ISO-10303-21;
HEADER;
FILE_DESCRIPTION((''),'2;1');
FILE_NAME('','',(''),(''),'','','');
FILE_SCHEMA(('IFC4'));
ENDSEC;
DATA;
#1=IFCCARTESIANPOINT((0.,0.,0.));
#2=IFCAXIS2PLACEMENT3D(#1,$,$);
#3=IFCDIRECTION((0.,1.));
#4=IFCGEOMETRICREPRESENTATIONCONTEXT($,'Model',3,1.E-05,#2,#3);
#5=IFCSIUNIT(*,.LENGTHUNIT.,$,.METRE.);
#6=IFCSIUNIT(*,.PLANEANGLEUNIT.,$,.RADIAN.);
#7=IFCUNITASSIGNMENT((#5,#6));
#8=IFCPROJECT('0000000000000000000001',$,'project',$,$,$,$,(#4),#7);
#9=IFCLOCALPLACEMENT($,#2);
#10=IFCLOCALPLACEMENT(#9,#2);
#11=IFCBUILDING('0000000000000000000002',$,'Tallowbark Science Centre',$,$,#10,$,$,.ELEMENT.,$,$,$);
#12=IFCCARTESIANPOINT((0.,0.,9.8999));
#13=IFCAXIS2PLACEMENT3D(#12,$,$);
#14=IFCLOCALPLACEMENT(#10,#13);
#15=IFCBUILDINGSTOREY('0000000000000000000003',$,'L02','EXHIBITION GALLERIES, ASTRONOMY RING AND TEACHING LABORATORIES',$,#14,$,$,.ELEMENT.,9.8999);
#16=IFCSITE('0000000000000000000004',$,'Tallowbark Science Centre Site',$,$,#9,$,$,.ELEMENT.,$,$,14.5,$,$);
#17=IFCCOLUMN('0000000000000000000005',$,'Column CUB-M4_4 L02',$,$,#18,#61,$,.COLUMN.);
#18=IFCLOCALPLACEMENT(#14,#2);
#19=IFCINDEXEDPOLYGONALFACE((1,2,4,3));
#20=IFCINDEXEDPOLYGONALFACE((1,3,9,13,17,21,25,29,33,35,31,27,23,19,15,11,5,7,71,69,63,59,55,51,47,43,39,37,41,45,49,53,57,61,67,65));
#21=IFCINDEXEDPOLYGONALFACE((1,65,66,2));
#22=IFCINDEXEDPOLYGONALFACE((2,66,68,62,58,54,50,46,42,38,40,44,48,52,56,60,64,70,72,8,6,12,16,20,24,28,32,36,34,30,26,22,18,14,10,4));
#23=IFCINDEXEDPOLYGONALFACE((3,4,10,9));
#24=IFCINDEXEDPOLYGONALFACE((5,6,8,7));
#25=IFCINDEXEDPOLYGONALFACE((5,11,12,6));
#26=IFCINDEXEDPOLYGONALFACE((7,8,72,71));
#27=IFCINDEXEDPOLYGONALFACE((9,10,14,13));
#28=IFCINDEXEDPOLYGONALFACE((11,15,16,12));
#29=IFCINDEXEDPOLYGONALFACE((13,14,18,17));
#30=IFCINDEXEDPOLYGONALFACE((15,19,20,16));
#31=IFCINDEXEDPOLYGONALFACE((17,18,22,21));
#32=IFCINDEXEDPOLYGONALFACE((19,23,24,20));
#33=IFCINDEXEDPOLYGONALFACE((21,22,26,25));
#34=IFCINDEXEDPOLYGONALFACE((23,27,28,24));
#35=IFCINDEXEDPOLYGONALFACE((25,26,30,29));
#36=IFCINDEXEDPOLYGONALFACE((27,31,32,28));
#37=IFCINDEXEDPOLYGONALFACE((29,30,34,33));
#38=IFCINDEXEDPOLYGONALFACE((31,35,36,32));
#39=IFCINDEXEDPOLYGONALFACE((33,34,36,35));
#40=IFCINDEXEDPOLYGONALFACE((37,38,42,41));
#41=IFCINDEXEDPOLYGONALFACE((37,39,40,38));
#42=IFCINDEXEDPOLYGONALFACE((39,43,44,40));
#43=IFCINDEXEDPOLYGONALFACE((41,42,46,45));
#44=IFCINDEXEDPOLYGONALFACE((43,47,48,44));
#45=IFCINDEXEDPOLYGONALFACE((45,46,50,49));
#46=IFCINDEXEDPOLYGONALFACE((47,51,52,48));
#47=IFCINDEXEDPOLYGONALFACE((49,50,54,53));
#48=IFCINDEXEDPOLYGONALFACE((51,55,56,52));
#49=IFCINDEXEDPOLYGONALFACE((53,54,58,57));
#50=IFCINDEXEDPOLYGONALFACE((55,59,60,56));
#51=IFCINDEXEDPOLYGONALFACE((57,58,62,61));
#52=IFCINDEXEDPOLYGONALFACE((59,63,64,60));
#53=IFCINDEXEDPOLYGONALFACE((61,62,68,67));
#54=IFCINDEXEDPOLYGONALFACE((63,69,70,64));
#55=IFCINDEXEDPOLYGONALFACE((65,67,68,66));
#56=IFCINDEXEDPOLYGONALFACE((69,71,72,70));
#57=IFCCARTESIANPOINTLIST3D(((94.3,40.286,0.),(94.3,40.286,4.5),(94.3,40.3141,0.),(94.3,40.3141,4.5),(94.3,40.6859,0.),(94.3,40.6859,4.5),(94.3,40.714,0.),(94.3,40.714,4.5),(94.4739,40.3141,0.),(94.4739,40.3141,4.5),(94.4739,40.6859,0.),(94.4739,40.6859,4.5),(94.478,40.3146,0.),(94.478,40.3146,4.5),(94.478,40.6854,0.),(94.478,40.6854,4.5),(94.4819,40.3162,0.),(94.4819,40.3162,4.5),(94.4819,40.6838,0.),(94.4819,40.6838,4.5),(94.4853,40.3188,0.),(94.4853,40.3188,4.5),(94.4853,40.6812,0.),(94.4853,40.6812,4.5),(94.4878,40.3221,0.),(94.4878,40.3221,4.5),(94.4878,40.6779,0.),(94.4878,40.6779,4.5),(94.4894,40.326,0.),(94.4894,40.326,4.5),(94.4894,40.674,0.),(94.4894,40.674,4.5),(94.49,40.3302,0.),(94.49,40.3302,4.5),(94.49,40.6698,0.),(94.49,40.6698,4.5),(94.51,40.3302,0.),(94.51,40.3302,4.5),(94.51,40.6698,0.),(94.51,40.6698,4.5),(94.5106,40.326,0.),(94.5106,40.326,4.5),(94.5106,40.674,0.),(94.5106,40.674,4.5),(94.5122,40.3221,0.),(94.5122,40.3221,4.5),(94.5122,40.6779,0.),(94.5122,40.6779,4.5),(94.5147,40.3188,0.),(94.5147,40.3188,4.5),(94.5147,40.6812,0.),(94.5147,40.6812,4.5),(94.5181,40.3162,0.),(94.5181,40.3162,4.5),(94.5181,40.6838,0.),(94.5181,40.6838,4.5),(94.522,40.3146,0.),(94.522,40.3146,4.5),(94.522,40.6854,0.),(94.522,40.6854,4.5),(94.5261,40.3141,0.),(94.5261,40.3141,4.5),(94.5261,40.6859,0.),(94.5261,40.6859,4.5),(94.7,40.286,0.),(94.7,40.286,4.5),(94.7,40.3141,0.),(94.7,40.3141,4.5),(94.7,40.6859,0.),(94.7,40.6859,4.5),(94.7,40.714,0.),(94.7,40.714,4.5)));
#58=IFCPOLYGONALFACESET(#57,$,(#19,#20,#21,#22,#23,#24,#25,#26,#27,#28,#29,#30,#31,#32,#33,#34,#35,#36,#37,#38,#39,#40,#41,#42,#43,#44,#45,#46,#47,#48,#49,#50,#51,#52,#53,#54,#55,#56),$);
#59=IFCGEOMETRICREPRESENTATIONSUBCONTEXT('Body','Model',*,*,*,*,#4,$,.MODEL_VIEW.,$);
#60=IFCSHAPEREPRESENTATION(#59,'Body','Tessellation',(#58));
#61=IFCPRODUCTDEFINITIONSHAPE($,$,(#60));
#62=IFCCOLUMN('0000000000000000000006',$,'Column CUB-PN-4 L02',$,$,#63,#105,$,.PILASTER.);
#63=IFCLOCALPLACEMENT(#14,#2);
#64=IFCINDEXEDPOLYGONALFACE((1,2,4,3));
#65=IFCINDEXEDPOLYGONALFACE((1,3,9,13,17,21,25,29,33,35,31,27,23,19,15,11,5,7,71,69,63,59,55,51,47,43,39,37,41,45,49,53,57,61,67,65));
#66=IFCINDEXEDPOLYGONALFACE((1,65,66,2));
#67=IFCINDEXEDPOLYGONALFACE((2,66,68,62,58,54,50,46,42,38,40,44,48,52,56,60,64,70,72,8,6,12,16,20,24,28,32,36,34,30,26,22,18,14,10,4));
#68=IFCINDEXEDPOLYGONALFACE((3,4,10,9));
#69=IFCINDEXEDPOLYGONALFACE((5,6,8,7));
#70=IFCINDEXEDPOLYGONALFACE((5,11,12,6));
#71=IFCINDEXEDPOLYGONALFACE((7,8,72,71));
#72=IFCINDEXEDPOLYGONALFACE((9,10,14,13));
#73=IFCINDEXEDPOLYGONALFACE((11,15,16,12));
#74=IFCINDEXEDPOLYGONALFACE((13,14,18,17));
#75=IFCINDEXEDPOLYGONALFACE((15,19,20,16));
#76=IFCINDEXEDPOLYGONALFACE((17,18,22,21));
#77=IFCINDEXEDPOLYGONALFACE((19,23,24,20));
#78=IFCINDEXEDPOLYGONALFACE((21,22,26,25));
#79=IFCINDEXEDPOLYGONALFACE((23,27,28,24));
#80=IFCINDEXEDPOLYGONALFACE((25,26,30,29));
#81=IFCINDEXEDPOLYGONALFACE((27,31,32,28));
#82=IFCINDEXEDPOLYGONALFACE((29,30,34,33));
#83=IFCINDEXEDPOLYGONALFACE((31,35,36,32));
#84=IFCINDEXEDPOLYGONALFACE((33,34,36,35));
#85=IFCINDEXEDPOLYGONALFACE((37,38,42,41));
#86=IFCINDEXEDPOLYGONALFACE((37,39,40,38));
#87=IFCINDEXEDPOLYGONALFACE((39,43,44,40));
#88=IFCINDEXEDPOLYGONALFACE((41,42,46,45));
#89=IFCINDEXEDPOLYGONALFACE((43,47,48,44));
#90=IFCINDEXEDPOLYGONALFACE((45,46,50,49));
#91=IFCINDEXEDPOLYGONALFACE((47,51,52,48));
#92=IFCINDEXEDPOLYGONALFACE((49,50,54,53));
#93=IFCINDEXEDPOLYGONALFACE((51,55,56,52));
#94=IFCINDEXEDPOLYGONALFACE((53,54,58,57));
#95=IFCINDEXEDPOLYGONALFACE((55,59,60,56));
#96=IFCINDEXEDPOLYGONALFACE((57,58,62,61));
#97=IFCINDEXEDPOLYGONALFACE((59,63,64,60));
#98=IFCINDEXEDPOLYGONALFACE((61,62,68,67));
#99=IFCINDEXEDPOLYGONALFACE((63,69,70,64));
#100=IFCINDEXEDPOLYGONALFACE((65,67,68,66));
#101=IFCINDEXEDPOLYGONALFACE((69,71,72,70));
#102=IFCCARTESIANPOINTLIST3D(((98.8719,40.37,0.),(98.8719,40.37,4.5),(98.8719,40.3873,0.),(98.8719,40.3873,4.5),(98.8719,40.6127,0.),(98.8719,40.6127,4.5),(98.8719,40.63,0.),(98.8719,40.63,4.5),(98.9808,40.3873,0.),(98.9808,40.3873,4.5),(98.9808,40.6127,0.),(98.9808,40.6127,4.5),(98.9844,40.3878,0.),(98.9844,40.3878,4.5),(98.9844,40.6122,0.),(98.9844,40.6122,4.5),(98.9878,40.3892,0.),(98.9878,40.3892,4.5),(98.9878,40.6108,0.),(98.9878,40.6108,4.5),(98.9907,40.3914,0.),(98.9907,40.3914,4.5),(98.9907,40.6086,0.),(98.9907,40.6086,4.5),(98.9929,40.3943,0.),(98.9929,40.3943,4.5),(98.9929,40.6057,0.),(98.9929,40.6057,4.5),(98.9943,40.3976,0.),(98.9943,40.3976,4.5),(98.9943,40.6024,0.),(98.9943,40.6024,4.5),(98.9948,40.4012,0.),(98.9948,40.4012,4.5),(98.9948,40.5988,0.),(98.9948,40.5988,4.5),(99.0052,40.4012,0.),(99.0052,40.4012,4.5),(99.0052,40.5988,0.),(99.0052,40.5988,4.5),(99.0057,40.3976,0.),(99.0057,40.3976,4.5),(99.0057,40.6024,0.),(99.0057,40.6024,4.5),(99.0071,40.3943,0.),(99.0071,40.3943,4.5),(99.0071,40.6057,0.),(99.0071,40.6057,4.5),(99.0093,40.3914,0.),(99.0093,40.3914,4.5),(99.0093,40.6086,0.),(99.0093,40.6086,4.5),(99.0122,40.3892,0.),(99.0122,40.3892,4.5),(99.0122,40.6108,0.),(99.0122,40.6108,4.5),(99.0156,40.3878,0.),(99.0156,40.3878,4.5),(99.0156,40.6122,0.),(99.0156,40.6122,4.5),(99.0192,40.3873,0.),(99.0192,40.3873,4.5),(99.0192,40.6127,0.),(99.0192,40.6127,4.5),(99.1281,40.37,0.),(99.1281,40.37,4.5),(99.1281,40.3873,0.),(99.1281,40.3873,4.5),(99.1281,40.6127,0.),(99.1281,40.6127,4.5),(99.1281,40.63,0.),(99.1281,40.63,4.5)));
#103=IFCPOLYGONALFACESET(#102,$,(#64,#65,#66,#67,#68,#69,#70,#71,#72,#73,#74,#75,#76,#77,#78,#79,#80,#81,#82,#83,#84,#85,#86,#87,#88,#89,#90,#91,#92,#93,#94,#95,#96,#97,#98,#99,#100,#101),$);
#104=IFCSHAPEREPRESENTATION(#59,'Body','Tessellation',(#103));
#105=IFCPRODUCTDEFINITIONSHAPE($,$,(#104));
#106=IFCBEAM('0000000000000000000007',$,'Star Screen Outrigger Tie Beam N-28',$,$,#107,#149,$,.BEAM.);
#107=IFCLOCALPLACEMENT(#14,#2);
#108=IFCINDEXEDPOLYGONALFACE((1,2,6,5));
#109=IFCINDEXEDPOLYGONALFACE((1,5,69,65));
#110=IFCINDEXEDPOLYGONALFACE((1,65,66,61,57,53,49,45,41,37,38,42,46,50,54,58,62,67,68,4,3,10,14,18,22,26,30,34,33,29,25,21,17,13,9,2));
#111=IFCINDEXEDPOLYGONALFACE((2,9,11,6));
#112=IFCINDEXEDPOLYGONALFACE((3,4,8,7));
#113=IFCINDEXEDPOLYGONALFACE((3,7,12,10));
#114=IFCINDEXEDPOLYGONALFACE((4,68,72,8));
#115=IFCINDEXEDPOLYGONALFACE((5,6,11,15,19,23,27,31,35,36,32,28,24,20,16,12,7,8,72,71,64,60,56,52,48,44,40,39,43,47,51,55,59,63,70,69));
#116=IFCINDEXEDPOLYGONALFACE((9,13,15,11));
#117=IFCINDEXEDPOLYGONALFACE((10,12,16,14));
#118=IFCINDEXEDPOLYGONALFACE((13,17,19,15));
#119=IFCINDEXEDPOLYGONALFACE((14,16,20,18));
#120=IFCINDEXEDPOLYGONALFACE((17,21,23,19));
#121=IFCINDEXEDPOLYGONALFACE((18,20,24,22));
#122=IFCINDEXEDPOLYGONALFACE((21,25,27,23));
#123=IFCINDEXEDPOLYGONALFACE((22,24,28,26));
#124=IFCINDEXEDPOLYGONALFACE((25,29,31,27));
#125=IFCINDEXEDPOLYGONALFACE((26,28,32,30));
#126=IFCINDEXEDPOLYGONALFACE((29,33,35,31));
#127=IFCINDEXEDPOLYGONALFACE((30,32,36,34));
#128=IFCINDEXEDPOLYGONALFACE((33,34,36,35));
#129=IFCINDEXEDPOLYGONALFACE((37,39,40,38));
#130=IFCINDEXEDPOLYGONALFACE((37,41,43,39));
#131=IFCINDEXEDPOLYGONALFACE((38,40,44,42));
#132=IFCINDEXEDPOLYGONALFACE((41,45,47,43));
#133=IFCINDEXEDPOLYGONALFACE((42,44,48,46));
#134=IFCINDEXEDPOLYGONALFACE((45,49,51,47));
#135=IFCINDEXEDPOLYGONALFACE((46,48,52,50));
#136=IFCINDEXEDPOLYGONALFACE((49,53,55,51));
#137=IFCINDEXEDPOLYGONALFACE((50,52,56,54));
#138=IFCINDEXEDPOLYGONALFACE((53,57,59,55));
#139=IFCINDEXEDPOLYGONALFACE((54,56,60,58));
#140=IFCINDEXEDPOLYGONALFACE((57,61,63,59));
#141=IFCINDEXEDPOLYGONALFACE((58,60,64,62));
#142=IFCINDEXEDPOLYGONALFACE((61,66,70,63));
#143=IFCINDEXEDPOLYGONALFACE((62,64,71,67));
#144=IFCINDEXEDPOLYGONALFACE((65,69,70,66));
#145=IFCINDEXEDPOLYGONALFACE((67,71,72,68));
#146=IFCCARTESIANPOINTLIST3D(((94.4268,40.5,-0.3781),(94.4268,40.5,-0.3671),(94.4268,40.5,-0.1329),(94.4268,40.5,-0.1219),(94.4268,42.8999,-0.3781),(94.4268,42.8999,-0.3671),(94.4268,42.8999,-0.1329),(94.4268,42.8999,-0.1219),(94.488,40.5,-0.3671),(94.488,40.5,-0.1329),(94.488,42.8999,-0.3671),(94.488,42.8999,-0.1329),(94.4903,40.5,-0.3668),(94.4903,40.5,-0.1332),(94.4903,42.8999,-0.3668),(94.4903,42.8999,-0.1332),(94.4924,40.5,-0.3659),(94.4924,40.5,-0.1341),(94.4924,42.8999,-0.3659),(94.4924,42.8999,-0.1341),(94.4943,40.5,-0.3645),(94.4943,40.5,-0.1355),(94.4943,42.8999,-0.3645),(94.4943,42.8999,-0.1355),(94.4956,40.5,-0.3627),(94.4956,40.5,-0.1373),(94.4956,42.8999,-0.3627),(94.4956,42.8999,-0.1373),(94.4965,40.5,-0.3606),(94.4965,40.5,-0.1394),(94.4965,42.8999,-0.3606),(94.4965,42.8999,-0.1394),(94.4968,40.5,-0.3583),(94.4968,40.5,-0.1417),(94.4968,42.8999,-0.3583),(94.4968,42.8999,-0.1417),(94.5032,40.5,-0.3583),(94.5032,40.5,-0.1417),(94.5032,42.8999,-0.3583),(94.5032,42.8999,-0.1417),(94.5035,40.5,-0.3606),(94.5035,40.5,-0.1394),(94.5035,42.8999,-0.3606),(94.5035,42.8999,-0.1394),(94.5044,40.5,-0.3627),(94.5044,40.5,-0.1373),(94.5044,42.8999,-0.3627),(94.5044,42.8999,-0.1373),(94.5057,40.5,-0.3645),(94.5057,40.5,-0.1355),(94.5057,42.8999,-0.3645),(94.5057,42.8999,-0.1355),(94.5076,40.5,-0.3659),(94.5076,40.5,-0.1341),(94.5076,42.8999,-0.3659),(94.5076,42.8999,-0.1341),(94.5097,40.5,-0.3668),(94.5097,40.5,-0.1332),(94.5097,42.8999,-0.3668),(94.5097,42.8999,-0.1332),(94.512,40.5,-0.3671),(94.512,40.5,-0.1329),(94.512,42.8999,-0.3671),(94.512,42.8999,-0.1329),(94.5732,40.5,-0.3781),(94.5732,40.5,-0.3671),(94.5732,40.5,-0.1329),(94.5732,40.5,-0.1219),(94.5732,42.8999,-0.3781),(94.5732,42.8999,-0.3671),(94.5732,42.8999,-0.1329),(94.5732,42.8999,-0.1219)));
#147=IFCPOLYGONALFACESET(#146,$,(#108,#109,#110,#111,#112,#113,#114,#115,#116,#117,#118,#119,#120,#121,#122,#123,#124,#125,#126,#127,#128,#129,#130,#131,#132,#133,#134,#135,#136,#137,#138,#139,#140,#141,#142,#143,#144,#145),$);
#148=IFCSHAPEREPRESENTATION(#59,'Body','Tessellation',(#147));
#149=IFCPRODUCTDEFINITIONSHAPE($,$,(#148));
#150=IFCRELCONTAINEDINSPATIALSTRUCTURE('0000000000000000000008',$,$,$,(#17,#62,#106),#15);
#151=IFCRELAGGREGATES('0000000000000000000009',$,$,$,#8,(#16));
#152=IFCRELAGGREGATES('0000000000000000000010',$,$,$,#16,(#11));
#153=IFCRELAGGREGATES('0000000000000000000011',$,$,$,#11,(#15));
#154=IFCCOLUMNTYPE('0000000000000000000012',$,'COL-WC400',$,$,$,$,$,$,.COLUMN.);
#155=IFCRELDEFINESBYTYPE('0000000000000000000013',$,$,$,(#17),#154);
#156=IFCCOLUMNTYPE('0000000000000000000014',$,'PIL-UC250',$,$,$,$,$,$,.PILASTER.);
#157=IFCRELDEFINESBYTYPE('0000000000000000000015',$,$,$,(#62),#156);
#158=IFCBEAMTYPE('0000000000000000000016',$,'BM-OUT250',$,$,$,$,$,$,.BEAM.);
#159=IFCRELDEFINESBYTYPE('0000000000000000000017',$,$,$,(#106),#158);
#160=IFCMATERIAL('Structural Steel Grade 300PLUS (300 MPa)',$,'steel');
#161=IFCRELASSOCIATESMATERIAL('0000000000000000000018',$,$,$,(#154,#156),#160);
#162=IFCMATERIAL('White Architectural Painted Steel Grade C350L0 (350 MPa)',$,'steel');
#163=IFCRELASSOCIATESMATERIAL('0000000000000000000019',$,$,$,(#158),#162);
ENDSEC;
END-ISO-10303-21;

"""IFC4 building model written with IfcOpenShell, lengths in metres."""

from ifc_helpers import new_model, si_unit, direction, frame, origin, origin_2d, place, context, subcontext, project, spatial, i_section, extrude, material, material_profile, profile_set, type_object, element, save


model = new_model("IFC4")

# Units and contexts
model_context = context("Model", 3, precision=1e-05, world=origin(), true_north=direction((0.0, 1.0)))
body_context = subcontext(model_context, "Body", "Model", "MODEL_VIEW")
ifc_project = project(units=[si_unit("LENGTHUNIT", "METRE"), si_unit("PLANEANGLEUNIT", "RADIAN")], contexts=[model_context])

# Site, building, storey
site_placement = place(None, origin())
site = spatial("IfcSite", under=ifc_project, at=site_placement, Name="Tallowbark Science Centre Site", CompositionType="ELEMENT", RefElevation=14.5)
building_placement = place(site_placement, origin())
building = spatial("IfcBuilding", under=site, at=building_placement, Name="Tallowbark Science Centre", CompositionType="ELEMENT")
storey_placement = place(building_placement, frame((0.0, 0.0, 9.8999)))
storey = spatial("IfcBuildingStorey", under=building, at=storey_placement, Name="L02", Description="EXHIBITION GALLERIES, ASTRONOMY RING AND TEACHING LABORATORIES", CompositionType="ELEMENT", Elevation=9.8999)

# Columns
ifc_material_1 = material(Name="Structural Steel Grade 300PLUS (300 MPa)", Category="steel")
ifc_material_profile_1 = material_profile(ifc_material_1, i_section(OverallWidth=0.3999, OverallDepth=0.428, WebThickness=0.02, FlangeThickness=0.0281, FilletRadius=0.0161, at=origin_2d()), Name="400WC270")
ifc_profile_set_1 = profile_set([ifc_material_profile_1], Name="Structural Steel Grade 300PLUS (300 MPa)")
column_type_1 = type_object("IfcColumnType", Name="COL-WC400", PredefinedType="COLUMN", material=ifc_profile_set_1)
column_1_placement = place(storey_placement, frame((94.5, 40.5, 0.0), z_axis=(0.0, 0.0, 1.0), x_axis=(1.0, 0.0, 0.0)))
element("IfcColumn", 1, at=column_1_placement, inside=storey, type_object=column_type_1, Name="Column CUB-M4_4 L02", PredefinedType="COLUMN", context=body_context, shape_type="SweptSolid", body=[
    extrude(i_section(OverallWidth=0.3999, OverallDepth=0.428, WebThickness=0.02, FlangeThickness=0.0281, FilletRadius=0.0161, at=origin_2d()), origin(), (0.0, 0.0, 1.0), 4.5),
])
ifc_material_profile_2 = material_profile(ifc_material_1, i_section(OverallWidth=0.2561, OverallDepth=0.26, WebThickness=0.0105, FlangeThickness=0.0173, FilletRadius=0.0139, at=origin_2d()), Name="250UC89.5")
ifc_profile_set_2 = profile_set([ifc_material_profile_2], Name="Structural Steel Grade 300PLUS (300 MPa)")
column_type_2 = type_object("IfcColumnType", Name="PIL-UC250", PredefinedType="PILASTER", material=ifc_profile_set_2)
column_2_placement = place(storey_placement, frame((99.0, 40.5, 0.0), z_axis=(0.0, 0.0, 1.0), x_axis=(1.0, 0.0, 0.0)))
element("IfcColumn", 2, at=column_2_placement, inside=storey, type_object=column_type_2, Name="Column CUB-PN-4 L02", PredefinedType="PILASTER", context=body_context, shape_type="SweptSolid", body=[
    extrude(i_section(OverallWidth=0.2561, OverallDepth=0.26, WebThickness=0.0105, FlangeThickness=0.0173, FilletRadius=0.0139, at=origin_2d()), origin(), (0.0, 0.0, 1.0), 4.5),
])

# Beam
ifc_material_2 = material(Name="White Architectural Painted Steel Grade C350L0 (350 MPa)", Category="steel")
ifc_material_profile_3 = material_profile(ifc_material_2, i_section(OverallWidth=0.1465, OverallDepth=0.2561, WebThickness=0.0063, FlangeThickness=0.011, FilletRadius=0.0088, at=origin_2d()), Name="250UB37.3")
ifc_profile_set_3 = profile_set([ifc_material_profile_3], Name="White Architectural Painted Steel Grade C350L0 (350 MPa)")
beam_type_1 = type_object("IfcBeamType", Name="BM-OUT250", PredefinedType="BEAM", material=ifc_profile_set_3)
beam_1_placement = place(storey_placement, frame((94.5, 40.5, -0.25), z_axis=(0.0, 1.0, 0.0), x_axis=(-1.0, 0.0, 0.0)))
element("IfcBeam", 3, at=beam_1_placement, inside=storey, type_object=beam_type_1, Name="Star Screen Outrigger Tie Beam N-28", PredefinedType="BEAM", context=body_context, shape_type="SweptSolid", body=[
    extrude(i_section(OverallWidth=0.1465, OverallDepth=0.2561, WebThickness=0.0063, FlangeThickness=0.011, FilletRadius=0.0088, at=origin_2d()), origin(), (0.0, 0.0, 1.0), 2.3999),
])

save(model, "model.ifc")
